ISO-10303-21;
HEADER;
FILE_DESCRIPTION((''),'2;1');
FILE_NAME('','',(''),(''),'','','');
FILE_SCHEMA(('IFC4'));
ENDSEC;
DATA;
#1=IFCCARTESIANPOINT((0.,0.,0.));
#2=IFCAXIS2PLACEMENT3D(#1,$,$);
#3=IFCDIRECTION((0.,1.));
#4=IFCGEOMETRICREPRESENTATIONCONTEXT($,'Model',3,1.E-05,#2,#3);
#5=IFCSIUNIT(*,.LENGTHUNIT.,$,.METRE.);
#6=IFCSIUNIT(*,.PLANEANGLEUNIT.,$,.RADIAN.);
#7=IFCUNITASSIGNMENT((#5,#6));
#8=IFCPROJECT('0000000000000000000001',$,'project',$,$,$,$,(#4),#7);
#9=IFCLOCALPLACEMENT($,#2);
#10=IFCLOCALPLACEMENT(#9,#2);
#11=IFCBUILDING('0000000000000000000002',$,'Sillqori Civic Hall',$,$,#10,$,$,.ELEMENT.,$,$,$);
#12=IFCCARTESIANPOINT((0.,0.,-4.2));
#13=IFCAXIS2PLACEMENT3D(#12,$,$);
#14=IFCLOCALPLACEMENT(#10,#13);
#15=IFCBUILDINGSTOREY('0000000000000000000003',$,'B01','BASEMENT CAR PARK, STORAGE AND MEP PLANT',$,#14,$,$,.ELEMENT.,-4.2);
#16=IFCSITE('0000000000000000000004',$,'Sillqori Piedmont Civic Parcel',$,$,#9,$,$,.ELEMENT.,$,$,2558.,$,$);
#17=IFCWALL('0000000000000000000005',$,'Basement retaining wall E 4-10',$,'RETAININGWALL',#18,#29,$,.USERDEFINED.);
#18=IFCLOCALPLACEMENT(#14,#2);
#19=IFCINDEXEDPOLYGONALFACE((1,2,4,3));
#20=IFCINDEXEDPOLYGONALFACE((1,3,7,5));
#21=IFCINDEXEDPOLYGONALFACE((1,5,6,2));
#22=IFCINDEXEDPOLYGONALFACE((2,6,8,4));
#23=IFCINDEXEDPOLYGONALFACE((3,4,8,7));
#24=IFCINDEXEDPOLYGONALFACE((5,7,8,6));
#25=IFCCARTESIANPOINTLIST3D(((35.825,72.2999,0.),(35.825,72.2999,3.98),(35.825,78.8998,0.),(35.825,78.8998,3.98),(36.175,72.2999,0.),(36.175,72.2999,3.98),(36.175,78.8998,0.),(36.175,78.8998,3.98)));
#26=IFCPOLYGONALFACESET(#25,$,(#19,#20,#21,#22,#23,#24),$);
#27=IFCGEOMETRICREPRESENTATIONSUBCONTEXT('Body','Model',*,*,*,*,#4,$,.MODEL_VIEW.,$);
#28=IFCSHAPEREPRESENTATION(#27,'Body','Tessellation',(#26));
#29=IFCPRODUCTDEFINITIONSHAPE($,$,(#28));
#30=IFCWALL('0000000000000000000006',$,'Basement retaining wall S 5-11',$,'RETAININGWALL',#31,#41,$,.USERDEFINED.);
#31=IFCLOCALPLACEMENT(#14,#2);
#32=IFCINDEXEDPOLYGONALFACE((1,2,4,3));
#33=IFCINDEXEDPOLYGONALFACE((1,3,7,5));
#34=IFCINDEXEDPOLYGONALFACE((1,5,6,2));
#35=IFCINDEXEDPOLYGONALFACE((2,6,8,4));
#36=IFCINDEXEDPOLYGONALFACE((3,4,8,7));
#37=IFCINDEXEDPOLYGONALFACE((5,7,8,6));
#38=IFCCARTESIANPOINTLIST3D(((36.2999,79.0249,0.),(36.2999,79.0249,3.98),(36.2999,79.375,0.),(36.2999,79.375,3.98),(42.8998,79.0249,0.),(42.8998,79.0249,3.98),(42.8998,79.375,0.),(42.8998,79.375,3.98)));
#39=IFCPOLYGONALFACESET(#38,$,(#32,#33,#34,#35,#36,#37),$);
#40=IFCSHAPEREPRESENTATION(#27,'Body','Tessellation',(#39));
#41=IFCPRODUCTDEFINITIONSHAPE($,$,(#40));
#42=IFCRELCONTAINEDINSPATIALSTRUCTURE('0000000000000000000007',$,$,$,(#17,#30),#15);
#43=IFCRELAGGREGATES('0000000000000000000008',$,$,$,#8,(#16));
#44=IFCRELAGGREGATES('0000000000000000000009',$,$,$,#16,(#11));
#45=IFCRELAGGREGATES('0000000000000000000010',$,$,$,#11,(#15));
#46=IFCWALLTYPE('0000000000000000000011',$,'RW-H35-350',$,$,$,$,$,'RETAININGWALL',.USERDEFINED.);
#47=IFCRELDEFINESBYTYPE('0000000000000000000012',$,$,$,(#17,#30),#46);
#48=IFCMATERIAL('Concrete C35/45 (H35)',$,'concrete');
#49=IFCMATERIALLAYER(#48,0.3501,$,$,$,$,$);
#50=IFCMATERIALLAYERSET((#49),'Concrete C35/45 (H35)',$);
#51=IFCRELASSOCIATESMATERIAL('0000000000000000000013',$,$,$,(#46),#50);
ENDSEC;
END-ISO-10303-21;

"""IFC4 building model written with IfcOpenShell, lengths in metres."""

from ifc_helpers import new_model, si_unit, direction, frame, frame_2d, origin, place, context, subcontext, project, spatial, rectangle, extrude, material, layer, layer_set, type_object, element, save


model = new_model("IFC4")

# Units and contexts
model_context = context("Model", 3, precision=1e-05, world=origin(), true_north=direction((0.0, 1.0)))
body_context = subcontext(model_context, "Body", "Model", "MODEL_VIEW")
ifc_project = project(units=[si_unit("LENGTHUNIT", "METRE"), si_unit("PLANEANGLEUNIT", "RADIAN")], contexts=[model_context])

# Site, building, storey
site_placement = place(None, origin())
site = spatial("IfcSite", under=ifc_project, at=site_placement, Name="Sillqori Piedmont Civic Parcel", CompositionType="ELEMENT", RefElevation=2558.0)
building_placement = place(site_placement, origin())
building = spatial("IfcBuilding", under=site, at=building_placement, Name="Sillqori Civic Hall", CompositionType="ELEMENT")
storey_placement = place(building_placement, frame((0.0, 0.0, -4.2)))
storey = spatial("IfcBuildingStorey", under=building, at=storey_placement, Name="B01", Description="BASEMENT CAR PARK, STORAGE AND MEP PLANT", CompositionType="ELEMENT", Elevation=-4.2)

# Shared definitions
ifc_material_1 = material(Name="Concrete C35/45 (H35)", Category="concrete")

# Walls
ifc_layer = layer(ifc_material_1, 0.3501)
ifc_layer_set = layer_set([ifc_layer], Name="Concrete C35/45 (H35)")
wall_type = type_object("IfcWallType", Name="RW-H35-350", ElementType="RETAININGWALL", PredefinedType="USERDEFINED", material=ifc_layer_set)
for number, where, z_axis, x_axis, name in (
    (1, (36.0, 72.3, 0.0), (0.0, 0.0, 1.0), (0.0, 1.0, 0.0), "Basement retaining wall E 4-10"),
    (2, (36.3, 79.2, 0.0), (0.0, 0.0, 1.0), (1.0, 0.0, 0.0), "Basement retaining wall S 5-11"),
):
    element("IfcWall", number, at=place(storey_placement, frame(where, z_axis=z_axis, x_axis=x_axis)), inside=storey, type_object=wall_type, Name=name, ObjectType="RETAININGWALL", PredefinedType="USERDEFINED", context=body_context, shape_type="SweptSolid", body=[
        extrude(rectangle(XDim=6.5999, YDim=0.3501, at=frame_2d((3.2998, 0.0))), origin(), (0.0, 0.0, 1.0), 3.98),
    ])

save(model, "model.ifc")
